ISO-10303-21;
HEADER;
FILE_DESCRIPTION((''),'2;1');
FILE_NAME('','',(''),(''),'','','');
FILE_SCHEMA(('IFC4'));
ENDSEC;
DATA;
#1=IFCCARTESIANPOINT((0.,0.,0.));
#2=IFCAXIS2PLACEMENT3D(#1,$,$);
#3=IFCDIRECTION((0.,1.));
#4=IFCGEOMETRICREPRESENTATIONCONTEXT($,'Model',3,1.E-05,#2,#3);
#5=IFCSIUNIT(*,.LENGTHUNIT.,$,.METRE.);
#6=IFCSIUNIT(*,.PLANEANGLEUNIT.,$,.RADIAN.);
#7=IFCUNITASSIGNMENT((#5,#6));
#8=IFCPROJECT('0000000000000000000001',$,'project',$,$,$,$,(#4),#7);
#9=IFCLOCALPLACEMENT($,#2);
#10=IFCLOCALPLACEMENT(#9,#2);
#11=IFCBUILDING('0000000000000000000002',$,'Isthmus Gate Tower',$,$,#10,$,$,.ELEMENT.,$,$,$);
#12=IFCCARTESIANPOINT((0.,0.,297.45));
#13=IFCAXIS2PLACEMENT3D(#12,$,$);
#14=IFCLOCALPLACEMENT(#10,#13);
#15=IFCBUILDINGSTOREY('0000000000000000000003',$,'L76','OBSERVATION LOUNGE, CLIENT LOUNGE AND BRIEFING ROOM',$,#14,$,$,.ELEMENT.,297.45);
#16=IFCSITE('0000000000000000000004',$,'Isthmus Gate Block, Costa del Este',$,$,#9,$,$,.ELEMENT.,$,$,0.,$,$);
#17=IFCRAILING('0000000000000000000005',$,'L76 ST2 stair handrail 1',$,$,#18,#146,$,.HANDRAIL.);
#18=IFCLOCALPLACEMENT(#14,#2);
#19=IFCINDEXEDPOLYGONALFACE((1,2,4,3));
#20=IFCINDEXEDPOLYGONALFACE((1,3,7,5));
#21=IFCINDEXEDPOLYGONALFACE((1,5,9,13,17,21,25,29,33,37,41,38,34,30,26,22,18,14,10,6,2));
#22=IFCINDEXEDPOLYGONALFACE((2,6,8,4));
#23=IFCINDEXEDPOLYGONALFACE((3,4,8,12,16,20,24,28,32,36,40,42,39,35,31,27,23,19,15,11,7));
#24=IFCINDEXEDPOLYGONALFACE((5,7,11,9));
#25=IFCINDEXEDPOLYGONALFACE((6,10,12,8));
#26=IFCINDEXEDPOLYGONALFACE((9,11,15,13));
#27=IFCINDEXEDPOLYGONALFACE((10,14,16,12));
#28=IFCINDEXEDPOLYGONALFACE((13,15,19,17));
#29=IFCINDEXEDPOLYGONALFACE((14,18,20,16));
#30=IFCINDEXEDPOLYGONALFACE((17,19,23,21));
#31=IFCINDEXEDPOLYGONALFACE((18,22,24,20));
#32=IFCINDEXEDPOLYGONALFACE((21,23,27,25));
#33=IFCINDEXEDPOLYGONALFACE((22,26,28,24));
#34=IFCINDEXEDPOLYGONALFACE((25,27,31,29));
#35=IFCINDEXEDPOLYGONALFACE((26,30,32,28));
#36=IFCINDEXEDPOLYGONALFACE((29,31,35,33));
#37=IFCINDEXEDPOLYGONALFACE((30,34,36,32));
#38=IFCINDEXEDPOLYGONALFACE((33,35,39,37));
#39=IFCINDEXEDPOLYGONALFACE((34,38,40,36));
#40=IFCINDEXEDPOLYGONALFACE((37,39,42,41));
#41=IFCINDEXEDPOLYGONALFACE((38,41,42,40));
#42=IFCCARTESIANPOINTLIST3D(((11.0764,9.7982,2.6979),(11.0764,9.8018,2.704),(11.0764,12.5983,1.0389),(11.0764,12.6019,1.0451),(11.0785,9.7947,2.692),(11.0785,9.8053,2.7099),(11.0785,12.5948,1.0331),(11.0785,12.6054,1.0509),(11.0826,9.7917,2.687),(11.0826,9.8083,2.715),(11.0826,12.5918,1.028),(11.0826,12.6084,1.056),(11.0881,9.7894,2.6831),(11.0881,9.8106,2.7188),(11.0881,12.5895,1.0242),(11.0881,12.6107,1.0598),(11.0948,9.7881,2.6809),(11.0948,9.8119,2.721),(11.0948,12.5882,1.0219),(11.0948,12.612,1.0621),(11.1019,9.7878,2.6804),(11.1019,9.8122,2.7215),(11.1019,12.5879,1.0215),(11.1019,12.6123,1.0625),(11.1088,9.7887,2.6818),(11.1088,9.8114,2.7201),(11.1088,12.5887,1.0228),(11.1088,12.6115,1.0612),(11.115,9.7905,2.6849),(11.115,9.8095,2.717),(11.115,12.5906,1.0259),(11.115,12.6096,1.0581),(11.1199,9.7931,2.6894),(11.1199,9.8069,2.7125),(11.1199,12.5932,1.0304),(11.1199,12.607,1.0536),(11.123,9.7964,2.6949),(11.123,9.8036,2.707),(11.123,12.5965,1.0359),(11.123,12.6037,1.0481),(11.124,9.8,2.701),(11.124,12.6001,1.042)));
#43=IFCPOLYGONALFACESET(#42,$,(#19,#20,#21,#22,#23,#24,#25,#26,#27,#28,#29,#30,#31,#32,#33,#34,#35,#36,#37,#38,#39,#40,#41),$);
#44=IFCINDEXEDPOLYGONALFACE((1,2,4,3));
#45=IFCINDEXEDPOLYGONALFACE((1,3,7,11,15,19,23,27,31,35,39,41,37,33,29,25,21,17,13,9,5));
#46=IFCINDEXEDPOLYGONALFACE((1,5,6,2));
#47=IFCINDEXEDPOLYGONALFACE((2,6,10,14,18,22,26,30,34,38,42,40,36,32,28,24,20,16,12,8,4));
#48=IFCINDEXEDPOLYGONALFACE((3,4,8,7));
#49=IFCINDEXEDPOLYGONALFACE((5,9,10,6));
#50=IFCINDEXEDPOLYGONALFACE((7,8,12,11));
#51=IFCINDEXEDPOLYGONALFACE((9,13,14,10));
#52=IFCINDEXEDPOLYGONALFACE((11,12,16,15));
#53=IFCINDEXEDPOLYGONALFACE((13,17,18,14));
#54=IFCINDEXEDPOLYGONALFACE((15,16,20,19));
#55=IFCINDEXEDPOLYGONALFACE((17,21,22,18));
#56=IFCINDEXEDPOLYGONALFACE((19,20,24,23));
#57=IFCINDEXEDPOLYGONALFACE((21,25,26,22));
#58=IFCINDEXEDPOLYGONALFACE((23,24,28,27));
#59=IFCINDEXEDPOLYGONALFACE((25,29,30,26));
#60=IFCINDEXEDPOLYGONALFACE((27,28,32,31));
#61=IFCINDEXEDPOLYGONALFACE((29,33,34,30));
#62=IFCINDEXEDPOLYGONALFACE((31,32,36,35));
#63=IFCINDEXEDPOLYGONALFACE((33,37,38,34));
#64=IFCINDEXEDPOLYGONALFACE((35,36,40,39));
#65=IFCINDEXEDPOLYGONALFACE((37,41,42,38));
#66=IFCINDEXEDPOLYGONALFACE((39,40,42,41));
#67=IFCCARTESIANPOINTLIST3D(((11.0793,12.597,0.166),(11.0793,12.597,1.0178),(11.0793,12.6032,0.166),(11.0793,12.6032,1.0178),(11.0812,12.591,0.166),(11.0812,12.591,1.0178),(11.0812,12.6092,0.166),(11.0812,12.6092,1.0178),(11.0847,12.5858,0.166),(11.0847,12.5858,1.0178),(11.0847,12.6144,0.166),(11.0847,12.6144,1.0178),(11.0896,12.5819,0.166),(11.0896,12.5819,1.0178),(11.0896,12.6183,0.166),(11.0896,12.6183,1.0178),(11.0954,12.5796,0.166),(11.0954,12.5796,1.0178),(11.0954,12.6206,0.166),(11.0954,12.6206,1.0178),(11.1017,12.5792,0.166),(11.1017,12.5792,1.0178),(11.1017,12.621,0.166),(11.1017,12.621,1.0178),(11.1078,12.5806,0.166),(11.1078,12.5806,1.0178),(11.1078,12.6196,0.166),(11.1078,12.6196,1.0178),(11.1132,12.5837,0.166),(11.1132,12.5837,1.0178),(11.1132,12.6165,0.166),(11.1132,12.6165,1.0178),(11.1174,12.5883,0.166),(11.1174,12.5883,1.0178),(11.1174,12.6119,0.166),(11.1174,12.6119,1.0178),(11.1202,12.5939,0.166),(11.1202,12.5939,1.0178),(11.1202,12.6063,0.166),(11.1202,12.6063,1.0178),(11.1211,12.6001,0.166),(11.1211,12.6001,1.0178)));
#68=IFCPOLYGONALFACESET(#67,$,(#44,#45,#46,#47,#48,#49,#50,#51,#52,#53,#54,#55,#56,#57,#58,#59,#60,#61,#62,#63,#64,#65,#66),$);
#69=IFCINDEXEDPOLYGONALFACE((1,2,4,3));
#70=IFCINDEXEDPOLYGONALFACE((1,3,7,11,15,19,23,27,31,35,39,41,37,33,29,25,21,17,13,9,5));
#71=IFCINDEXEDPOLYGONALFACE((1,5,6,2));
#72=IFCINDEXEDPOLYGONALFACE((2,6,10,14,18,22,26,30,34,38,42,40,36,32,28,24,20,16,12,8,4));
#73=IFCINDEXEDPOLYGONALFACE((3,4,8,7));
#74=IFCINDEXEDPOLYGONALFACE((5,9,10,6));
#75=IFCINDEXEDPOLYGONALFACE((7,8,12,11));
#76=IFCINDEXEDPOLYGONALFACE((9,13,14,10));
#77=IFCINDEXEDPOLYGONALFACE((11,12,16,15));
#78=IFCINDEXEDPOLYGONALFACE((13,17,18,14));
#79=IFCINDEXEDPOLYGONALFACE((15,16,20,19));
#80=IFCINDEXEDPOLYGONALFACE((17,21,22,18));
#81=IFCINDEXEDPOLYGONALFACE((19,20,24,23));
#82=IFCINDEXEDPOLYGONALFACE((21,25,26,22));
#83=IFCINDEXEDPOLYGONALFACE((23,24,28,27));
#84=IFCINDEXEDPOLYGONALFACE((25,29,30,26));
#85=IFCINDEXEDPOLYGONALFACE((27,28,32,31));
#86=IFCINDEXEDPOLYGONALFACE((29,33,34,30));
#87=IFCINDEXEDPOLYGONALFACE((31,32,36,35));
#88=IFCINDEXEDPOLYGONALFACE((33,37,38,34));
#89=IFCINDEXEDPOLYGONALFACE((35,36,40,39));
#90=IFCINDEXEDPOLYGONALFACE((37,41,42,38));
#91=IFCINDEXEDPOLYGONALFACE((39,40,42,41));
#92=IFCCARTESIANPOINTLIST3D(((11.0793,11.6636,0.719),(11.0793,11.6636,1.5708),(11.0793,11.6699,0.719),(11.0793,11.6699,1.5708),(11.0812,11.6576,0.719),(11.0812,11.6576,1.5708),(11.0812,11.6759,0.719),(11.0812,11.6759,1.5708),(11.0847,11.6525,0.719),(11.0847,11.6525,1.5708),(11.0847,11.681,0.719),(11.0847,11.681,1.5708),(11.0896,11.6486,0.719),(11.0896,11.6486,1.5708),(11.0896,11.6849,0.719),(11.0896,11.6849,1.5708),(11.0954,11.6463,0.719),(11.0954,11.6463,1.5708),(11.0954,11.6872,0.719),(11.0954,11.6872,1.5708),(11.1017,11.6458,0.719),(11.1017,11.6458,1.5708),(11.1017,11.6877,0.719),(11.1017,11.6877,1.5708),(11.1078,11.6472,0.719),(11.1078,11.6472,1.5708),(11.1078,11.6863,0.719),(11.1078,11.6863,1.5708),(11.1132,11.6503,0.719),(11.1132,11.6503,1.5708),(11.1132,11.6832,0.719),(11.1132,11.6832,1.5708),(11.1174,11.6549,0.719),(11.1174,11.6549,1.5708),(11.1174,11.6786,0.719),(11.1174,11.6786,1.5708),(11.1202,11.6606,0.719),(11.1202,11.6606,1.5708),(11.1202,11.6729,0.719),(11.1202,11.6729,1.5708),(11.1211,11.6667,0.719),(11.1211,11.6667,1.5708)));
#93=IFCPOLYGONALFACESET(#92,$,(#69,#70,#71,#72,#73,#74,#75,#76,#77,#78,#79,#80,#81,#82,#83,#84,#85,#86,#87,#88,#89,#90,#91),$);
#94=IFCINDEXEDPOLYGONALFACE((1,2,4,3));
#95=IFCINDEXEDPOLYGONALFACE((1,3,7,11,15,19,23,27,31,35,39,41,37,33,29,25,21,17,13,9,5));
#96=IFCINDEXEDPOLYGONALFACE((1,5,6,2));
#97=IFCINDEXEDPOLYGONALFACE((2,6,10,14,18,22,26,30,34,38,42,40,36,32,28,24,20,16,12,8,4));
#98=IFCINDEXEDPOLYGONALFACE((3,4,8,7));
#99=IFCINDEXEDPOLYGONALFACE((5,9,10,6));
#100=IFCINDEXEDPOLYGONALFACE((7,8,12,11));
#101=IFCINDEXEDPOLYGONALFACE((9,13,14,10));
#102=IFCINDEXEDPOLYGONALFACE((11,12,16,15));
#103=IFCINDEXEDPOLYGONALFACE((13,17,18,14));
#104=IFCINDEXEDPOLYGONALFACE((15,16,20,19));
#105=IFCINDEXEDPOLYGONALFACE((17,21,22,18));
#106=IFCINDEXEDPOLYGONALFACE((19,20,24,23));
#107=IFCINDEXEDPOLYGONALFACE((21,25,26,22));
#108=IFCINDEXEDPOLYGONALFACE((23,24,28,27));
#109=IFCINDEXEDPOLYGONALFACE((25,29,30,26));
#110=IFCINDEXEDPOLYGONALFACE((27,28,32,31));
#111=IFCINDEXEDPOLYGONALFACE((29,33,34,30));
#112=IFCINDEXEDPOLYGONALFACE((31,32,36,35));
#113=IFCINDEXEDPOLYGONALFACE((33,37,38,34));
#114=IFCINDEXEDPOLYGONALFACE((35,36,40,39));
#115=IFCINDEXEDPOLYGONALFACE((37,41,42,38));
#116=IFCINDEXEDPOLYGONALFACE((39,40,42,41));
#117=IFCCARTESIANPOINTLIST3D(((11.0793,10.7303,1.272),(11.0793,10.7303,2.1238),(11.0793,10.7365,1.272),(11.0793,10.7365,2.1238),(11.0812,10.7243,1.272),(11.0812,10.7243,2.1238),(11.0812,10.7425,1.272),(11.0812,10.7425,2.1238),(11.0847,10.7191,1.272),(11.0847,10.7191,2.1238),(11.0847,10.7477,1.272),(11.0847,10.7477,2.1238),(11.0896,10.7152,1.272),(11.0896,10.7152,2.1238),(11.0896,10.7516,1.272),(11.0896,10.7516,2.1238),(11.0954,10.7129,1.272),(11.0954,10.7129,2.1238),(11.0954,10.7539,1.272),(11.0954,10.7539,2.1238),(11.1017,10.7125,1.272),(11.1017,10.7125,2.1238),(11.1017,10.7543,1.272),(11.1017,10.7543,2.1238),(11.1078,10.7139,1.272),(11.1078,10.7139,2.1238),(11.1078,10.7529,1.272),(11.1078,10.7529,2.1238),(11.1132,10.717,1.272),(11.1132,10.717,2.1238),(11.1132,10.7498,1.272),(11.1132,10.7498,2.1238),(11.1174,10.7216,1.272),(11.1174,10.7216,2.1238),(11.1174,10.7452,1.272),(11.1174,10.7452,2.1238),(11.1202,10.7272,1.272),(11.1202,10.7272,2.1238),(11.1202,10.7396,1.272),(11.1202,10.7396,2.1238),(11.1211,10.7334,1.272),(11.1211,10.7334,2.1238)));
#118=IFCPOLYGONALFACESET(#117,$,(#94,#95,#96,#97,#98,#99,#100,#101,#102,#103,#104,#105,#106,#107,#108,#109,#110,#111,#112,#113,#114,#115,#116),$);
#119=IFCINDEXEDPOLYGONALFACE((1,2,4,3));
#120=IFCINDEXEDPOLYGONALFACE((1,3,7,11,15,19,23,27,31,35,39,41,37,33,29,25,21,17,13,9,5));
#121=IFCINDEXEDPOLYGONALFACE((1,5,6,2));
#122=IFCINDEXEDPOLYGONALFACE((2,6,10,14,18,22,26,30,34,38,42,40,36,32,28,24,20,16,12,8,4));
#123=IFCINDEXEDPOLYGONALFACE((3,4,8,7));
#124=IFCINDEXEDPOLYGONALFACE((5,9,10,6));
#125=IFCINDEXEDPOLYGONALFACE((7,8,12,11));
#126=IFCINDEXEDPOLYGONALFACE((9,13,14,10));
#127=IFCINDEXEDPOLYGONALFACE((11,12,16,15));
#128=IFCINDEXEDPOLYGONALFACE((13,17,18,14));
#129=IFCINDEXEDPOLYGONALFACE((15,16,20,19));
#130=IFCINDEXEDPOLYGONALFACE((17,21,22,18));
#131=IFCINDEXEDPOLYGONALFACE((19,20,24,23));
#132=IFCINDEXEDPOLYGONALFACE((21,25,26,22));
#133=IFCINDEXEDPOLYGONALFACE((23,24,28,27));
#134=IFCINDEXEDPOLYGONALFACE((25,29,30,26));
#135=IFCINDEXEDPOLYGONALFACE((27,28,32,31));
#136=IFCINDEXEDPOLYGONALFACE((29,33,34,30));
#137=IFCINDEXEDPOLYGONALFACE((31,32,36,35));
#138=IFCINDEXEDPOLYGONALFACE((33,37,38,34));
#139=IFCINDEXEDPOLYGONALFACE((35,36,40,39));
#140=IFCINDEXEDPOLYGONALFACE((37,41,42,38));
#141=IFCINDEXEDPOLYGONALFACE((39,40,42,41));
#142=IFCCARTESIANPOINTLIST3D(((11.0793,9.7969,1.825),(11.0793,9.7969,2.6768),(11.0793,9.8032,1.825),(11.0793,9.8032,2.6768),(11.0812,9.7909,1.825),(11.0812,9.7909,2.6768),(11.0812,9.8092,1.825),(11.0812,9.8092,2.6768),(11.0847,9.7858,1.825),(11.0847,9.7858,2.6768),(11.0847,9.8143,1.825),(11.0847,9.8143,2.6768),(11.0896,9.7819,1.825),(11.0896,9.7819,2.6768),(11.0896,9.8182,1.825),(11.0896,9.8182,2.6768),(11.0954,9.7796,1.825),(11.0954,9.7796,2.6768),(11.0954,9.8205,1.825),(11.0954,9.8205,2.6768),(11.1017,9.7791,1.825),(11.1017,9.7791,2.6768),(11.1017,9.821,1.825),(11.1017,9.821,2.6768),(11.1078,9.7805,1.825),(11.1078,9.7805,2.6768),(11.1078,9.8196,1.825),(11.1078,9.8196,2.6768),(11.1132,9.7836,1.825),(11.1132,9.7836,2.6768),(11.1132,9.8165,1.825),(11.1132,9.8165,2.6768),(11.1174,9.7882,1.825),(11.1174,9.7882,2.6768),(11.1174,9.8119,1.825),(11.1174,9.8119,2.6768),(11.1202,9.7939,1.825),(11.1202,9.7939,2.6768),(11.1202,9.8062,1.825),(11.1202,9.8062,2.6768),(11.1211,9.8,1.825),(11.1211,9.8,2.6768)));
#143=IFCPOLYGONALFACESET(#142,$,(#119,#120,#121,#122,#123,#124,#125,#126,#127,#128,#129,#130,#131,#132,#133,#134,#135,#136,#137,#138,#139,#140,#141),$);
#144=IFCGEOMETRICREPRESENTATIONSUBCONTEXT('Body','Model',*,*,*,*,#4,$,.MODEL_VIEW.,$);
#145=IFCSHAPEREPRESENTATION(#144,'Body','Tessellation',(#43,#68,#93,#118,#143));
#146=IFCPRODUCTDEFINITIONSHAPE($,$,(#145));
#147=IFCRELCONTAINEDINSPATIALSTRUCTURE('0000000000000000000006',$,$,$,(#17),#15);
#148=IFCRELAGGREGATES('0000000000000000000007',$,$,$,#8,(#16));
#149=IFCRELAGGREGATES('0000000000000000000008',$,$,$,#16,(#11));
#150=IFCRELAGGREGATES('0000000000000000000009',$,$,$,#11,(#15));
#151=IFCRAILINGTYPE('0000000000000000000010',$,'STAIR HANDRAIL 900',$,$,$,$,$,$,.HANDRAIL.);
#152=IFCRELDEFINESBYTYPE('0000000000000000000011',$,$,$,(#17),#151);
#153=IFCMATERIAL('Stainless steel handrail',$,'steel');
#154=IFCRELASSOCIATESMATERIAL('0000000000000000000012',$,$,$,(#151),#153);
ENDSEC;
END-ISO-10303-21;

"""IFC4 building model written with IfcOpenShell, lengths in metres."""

from ifc_helpers import new_model, si_unit, direction, frame, origin, origin_2d, place, context, subcontext, project, spatial, circle, extrude, material, type_object, element, save


model = new_model("IFC4")

# Units and contexts
model_context = context("Model", 3, precision=1e-05, world=origin(), true_north=direction((0.0, 1.0)))
body_context = subcontext(model_context, "Body", "Model", "MODEL_VIEW")
ifc_project = project(units=[si_unit("LENGTHUNIT", "METRE"), si_unit("PLANEANGLEUNIT", "RADIAN")], contexts=[model_context])

# Site, building, storey
site_placement = place(None, origin())
site = spatial("IfcSite", under=ifc_project, at=site_placement, Name="Isthmus Gate Block, Costa del Este", CompositionType="ELEMENT", RefElevation=0.0)
building_placement = place(site_placement, origin())
building = spatial("IfcBuilding", under=site, at=building_placement, Name="Isthmus Gate Tower", CompositionType="ELEMENT")
storey_placement = place(building_placement, frame((0.0, 0.0, 297.45)))
storey = spatial("IfcBuildingStorey", under=building, at=storey_placement, Name="L76", Description="OBSERVATION LOUNGE, CLIENT LOUNGE AND BRIEFING ROOM", CompositionType="ELEMENT", Elevation=297.45)

# Railing
ifc_material_1 = material(Name="Stainless steel handrail", Category="steel")
railing_type_1 = type_object("IfcRailingType", Name="STAIR HANDRAIL 900", PredefinedType="HANDRAIL", material=ifc_material_1)
railing_1_placement = place(storey_placement, frame((11.1001, 12.6001, 0.166)))
element("IfcRailing", 1, at=railing_1_placement, inside=storey, type_object=railing_type_1, Name="L76 ST2 stair handrail 1", PredefinedType="HANDRAIL", context=body_context, shape_type="SweptSolid", body=[
    extrude(circle(Radius=0.0239, at=origin_2d()), frame((0.0, 0.0, 0.876), z_axis=(0.0, -0.860339, 0.509722), x_axis=(1.0, 0.0, 0.0)), (0.0, 0.0, 1.0), 3.2546),
    extrude(circle(Radius=0.021, at=origin_2d()), origin(), (0.0, 0.0, 1.0), 0.8518),
    extrude(circle(Radius=0.021, at=origin_2d()), frame((0.0, -0.9333, 0.553)), (0.0, 0.0, 1.0), 0.8518),
    extrude(circle(Radius=0.021, at=origin_2d()), frame((0.0, -1.8667, 1.106)), (0.0, 0.0, 1.0), 0.8518),
    extrude(circle(Radius=0.021, at=origin_2d()), frame((0.0, -2.8, 1.6589)), (0.0, 0.0, 1.0), 0.8518),
])

save(model, "model.ifc")
